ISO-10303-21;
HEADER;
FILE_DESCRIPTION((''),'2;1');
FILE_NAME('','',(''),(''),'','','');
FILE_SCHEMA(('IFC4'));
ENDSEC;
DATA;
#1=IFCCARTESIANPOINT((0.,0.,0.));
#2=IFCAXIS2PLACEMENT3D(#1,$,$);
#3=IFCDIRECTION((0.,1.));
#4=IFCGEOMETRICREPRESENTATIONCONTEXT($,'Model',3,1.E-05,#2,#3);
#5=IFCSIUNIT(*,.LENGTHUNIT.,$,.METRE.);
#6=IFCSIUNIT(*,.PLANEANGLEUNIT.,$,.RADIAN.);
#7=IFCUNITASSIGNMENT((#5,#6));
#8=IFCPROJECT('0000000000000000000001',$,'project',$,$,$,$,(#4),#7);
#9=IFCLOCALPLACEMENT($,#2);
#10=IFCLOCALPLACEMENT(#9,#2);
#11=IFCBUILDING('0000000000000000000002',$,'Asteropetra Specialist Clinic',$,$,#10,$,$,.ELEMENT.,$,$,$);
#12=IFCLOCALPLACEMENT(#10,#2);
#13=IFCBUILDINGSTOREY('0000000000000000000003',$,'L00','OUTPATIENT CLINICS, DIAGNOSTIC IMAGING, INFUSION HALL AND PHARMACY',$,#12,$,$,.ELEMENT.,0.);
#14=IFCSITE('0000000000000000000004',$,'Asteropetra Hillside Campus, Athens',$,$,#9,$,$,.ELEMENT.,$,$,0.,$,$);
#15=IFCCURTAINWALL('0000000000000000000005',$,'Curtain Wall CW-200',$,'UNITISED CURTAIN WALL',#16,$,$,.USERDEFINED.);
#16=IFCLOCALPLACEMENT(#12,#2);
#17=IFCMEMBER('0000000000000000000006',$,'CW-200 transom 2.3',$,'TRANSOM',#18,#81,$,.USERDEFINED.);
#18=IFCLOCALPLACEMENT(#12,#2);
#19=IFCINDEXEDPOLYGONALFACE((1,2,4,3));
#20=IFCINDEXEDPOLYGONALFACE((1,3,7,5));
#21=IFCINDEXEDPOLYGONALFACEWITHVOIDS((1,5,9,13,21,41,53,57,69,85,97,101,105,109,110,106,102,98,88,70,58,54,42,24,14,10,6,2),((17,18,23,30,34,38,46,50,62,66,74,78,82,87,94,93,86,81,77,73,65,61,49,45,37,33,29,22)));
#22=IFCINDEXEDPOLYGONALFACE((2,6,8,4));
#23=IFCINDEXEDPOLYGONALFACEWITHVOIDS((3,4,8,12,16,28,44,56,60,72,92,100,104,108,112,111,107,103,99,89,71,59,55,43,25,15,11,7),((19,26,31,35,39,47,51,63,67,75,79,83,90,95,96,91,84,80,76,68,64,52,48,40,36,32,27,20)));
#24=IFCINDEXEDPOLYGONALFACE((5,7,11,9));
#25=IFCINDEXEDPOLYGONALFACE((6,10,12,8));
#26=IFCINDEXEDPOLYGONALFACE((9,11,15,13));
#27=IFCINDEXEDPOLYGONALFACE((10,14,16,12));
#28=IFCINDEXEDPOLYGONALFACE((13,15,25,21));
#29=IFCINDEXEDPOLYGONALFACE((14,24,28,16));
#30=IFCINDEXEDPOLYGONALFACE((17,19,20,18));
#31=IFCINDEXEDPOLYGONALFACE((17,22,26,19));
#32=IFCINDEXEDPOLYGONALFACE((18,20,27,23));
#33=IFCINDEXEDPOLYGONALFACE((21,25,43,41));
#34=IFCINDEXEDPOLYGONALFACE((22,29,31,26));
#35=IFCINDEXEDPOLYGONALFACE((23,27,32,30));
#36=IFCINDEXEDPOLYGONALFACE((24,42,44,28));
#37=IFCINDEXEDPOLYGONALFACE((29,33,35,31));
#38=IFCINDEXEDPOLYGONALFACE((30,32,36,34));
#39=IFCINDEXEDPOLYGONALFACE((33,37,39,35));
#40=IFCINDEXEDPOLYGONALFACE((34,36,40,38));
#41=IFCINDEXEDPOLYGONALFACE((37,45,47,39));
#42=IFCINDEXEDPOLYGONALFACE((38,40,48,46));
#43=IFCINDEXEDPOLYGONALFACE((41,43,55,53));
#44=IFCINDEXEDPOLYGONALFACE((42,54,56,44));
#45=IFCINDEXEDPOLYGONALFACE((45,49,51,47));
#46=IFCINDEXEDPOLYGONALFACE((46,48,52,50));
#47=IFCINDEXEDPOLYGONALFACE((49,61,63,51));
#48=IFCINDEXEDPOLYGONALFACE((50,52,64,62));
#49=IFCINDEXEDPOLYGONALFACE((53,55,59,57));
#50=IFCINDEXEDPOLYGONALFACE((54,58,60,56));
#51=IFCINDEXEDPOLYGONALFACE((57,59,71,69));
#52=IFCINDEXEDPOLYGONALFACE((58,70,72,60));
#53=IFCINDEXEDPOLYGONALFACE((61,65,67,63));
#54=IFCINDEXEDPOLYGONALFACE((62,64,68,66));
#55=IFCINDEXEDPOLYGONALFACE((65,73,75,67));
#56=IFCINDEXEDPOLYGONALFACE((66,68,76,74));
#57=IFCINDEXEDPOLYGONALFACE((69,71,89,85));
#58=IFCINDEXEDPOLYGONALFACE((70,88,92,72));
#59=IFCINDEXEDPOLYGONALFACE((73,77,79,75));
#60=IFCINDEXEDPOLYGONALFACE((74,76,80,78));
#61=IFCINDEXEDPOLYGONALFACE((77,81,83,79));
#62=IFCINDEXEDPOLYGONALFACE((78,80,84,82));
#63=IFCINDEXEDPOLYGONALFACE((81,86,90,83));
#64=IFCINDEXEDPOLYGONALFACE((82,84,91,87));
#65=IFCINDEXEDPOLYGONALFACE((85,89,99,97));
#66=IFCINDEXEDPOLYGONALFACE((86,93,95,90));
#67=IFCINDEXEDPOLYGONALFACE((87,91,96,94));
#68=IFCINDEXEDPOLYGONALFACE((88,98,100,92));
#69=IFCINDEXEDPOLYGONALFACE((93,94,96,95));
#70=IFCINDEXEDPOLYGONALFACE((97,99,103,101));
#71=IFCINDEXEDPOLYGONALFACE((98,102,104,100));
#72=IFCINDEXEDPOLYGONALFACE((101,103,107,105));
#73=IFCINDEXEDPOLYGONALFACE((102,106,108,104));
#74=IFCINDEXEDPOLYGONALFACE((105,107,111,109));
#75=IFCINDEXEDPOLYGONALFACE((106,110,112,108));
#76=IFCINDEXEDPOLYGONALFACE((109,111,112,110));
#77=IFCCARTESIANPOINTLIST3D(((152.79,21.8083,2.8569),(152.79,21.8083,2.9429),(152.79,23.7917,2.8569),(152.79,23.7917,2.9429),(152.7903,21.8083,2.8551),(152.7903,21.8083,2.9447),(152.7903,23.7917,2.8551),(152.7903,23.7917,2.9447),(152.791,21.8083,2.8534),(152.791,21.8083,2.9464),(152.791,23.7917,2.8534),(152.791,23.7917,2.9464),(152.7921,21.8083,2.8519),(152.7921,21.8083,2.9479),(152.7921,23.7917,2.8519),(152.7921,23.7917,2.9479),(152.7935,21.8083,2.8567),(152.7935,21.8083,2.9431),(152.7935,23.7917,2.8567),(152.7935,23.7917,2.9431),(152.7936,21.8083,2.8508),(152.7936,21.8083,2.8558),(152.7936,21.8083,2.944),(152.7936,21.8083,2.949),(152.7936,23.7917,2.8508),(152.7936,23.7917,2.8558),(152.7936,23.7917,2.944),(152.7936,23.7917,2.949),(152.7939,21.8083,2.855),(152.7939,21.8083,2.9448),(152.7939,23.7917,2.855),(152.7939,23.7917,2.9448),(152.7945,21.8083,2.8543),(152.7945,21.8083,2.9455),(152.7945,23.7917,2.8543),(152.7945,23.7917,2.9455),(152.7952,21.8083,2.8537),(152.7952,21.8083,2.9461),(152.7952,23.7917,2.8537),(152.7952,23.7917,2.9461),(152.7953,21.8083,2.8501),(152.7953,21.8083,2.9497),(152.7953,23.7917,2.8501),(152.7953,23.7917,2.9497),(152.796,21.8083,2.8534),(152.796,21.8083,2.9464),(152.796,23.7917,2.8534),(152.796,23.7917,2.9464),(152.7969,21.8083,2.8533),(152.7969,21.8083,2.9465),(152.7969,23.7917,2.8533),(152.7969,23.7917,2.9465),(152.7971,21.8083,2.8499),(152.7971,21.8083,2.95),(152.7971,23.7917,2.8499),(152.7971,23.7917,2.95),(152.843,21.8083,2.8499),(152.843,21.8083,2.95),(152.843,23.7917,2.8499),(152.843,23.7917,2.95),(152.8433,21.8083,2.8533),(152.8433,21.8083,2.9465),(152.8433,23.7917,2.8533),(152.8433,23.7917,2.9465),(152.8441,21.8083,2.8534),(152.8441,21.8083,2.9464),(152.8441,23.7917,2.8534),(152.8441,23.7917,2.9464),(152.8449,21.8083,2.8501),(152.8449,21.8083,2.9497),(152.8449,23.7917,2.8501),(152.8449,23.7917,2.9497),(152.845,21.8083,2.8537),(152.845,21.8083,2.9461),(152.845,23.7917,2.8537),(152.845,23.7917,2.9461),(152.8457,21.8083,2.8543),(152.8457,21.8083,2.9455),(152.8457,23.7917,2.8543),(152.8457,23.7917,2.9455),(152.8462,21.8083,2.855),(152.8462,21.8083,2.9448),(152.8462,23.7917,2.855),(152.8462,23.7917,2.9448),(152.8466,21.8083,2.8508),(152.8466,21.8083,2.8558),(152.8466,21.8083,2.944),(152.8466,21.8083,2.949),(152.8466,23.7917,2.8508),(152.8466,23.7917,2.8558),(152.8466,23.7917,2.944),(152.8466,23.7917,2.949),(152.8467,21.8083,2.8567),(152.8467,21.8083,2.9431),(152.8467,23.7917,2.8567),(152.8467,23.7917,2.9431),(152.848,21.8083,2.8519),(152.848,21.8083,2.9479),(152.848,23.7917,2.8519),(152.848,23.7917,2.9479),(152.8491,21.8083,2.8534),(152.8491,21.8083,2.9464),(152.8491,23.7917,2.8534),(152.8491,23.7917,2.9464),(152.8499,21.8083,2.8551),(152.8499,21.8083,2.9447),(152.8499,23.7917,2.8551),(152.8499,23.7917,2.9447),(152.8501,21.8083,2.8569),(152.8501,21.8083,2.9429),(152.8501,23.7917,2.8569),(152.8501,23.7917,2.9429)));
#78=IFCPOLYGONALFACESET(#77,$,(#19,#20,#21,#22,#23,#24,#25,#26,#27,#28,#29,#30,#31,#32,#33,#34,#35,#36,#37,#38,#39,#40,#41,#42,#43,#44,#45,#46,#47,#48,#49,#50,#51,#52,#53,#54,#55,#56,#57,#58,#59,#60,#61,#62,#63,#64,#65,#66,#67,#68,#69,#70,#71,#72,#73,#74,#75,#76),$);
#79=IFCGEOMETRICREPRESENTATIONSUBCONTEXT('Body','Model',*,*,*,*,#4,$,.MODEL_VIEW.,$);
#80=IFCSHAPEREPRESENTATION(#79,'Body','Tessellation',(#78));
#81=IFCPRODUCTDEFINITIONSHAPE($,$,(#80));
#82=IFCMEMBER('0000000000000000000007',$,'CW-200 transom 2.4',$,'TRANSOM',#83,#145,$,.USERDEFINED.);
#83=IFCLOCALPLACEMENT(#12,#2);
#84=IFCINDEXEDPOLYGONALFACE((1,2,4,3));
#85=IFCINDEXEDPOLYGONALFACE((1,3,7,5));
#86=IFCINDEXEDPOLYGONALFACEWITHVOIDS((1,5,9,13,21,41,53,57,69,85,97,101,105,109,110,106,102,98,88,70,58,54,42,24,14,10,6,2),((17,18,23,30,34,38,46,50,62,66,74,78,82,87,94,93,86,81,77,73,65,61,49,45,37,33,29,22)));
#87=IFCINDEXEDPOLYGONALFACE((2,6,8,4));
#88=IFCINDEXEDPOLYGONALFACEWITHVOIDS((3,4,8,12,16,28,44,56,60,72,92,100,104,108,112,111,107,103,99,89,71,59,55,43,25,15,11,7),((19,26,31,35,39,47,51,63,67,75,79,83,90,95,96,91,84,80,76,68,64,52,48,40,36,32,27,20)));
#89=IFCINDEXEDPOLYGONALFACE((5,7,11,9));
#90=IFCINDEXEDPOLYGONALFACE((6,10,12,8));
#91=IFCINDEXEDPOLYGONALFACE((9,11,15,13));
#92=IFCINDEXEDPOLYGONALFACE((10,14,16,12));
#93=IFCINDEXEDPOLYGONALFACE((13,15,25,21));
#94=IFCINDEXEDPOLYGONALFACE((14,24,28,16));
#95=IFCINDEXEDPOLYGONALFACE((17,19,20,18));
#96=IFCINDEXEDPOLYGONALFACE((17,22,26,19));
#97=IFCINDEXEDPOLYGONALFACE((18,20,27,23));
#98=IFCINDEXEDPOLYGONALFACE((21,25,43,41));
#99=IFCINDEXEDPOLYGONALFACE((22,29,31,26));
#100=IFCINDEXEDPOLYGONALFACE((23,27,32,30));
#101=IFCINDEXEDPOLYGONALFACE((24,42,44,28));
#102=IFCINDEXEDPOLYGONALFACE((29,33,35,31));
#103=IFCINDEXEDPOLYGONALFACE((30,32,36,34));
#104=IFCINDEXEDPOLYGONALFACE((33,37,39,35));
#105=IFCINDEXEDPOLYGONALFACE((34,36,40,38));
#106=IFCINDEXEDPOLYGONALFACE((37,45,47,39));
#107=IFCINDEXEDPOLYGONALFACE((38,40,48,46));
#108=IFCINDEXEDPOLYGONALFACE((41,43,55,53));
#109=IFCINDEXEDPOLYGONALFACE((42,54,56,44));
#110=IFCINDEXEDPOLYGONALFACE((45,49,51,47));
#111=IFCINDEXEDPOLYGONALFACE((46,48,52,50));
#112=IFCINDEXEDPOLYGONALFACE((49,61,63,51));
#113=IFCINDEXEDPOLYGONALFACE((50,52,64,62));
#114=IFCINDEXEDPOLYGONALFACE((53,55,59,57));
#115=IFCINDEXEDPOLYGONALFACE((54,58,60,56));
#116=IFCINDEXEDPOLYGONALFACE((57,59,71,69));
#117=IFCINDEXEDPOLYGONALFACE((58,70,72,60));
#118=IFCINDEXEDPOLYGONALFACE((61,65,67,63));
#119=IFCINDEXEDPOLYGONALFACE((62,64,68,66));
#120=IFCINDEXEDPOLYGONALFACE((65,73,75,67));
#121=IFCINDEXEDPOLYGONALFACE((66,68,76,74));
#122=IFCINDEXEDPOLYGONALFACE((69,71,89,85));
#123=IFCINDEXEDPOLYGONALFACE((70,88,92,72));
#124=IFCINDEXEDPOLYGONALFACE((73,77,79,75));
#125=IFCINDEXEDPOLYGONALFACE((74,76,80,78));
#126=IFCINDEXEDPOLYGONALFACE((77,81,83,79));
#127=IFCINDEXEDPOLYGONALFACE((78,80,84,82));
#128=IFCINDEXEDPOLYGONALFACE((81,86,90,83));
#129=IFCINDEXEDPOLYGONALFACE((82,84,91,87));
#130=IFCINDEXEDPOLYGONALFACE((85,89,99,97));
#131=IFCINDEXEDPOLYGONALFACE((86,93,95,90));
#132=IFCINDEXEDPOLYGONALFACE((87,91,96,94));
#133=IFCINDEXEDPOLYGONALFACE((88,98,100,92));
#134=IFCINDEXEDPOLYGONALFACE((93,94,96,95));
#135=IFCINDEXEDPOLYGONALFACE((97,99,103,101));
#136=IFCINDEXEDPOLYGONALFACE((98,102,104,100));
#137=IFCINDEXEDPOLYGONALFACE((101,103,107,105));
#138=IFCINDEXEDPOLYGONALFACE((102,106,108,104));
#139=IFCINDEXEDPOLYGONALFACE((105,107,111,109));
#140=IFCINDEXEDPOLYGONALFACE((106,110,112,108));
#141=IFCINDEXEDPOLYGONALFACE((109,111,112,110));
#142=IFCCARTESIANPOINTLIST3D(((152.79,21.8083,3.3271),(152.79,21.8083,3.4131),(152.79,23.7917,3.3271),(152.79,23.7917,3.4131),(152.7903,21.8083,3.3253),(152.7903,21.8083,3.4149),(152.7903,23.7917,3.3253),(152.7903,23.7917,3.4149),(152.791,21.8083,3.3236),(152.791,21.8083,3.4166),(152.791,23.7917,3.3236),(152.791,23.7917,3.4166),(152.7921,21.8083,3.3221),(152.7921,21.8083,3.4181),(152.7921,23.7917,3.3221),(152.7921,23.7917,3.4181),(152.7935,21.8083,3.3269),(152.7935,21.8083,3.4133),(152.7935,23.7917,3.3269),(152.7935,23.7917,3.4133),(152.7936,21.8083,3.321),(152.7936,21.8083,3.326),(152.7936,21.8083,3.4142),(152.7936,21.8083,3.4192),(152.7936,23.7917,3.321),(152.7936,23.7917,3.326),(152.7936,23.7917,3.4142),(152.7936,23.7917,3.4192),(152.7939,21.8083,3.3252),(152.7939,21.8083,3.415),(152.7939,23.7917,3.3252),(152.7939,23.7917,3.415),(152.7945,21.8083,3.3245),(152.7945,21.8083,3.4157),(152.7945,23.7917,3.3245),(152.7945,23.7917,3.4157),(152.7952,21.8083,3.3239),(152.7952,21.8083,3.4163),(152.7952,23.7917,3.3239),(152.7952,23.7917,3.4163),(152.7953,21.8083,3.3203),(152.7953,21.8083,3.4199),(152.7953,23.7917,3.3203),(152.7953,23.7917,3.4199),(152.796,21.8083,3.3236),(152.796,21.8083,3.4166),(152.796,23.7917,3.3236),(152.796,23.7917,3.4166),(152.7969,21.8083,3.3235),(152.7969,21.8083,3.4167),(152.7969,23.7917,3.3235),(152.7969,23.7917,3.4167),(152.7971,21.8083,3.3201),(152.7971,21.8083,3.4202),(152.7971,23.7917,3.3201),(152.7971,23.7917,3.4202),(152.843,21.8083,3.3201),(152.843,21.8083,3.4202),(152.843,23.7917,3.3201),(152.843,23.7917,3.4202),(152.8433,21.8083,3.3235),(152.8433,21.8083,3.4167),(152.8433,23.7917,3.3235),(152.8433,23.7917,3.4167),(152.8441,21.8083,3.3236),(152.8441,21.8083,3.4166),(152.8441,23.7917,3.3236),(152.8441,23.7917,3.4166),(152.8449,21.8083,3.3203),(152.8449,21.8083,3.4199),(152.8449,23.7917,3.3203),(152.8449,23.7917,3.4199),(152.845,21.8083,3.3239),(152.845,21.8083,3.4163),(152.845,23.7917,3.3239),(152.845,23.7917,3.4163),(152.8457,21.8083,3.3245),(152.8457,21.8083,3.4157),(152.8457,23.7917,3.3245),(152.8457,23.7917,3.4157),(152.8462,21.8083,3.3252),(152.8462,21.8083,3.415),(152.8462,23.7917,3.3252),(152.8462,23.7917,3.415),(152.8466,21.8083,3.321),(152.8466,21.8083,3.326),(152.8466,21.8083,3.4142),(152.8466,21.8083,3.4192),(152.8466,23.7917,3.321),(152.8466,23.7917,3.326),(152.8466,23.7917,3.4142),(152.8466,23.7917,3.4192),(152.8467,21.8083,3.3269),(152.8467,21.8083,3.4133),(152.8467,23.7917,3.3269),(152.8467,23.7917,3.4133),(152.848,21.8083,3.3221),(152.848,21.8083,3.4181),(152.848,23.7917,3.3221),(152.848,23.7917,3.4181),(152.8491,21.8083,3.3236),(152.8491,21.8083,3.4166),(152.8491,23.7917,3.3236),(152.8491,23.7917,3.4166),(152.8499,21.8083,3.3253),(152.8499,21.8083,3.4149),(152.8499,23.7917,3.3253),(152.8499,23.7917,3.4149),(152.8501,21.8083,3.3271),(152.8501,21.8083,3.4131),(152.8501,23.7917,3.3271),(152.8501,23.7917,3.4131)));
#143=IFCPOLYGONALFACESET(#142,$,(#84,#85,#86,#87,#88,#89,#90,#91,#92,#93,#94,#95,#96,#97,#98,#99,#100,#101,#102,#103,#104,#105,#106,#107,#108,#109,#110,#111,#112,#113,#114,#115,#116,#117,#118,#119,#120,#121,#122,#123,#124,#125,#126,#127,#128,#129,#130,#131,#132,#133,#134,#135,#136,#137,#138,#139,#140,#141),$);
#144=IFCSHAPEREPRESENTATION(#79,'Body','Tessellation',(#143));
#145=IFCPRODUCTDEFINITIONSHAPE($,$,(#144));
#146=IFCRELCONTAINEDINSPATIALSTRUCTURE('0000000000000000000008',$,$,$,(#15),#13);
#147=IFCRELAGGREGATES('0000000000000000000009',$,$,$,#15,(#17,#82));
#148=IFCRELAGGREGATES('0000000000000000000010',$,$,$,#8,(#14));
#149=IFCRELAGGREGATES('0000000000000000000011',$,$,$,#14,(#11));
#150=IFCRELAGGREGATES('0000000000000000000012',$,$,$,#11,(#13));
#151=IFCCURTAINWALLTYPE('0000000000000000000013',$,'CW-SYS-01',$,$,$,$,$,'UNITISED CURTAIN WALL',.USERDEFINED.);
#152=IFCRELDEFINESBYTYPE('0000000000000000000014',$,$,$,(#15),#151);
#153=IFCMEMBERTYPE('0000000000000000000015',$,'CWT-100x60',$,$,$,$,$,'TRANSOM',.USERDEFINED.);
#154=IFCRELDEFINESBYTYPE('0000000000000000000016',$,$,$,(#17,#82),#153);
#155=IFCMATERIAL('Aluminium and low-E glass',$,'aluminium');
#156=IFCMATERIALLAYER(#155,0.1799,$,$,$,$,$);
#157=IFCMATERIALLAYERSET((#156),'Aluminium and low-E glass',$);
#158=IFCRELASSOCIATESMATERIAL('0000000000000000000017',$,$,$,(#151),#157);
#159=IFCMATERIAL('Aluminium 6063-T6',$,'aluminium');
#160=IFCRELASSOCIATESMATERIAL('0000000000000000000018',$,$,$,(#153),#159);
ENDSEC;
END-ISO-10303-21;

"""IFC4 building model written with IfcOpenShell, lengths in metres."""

from ifc_helpers import new_model, si_unit, direction, frame, origin, origin_2d, place, context, subcontext, project, spatial, hollow_rectangle, extrude, material, layer, layer_set, material_profile, profile_set, type_object, element, aggregate, save


model = new_model("IFC4")

# Units and contexts
model_context = context("Model", 3, precision=1e-05, world=origin(), true_north=direction((0.0, 1.0)))
body_context = subcontext(model_context, "Body", "Model", "MODEL_VIEW")
ifc_project = project(units=[si_unit("LENGTHUNIT", "METRE"), si_unit("PLANEANGLEUNIT", "RADIAN")], contexts=[model_context])

# Site, building, storey
site_placement = place(None, origin())
site = spatial("IfcSite", under=ifc_project, at=site_placement, Name="Asteropetra Hillside Campus, Athens", CompositionType="ELEMENT", RefElevation=0.0)
building_placement = place(site_placement, origin())
building = spatial("IfcBuilding", under=site, at=building_placement, Name="Asteropetra Specialist Clinic", CompositionType="ELEMENT")
storey_placement = place(building_placement, origin())
storey = spatial("IfcBuildingStorey", under=building, at=storey_placement, Name="L00", Description="OUTPATIENT CLINICS, DIAGNOSTIC IMAGING, INFUSION HALL AND PHARMACY", CompositionType="ELEMENT", Elevation=0.0)

# Curtain wall, members
ifc_material_1 = material(Name="Aluminium and low-E glass", Category="aluminium")
ifc_layer_1 = layer(ifc_material_1, 0.1799)
ifc_layer_set_1 = layer_set([ifc_layer_1], Name="Aluminium and low-E glass")
curtain_wall_type = type_object("IfcCurtainWallType", Name="CW-SYS-01", ElementType="UNITISED CURTAIN WALL", PredefinedType="USERDEFINED", material=ifc_layer_set_1)
curtain_wall_placement = place(storey_placement, origin())
curtain_wall = element("IfcCurtainWall", 1, at=curtain_wall_placement, inside=storey, type_object=curtain_wall_type, Name="Curtain Wall CW-200", ObjectType="UNITISED CURTAIN WALL", PredefinedType="USERDEFINED")
ifc_material_2 = material(Name="Aluminium 6063-T6", Category="aluminium")
ifc_material_profile_1 = material_profile(ifc_material_2, hollow_rectangle(XDim=0.0601, YDim=0.1001, WallThickness=0.0034, InnerFilletRadius=0.0034, OuterFilletRadius=0.0071, at=origin_2d()), Name="TRN 100x60x3.5")
ifc_profile_set_1 = profile_set([ifc_material_profile_1], Name="Aluminium 6063-T6")
member_type_1 = type_object("IfcMemberType", Name="CWT-100x60", ElementType="TRANSOM", PredefinedType="USERDEFINED", material=ifc_profile_set_1)
member_1_placement = place(storey_placement, frame((152.8201, 21.8083, 2.8999), z_axis=(0.0, 1.0, 0.0), x_axis=(-1.0, 0.0, 0.0)))
member_1 = element("IfcMember", 2, at=member_1_placement, type_object=member_type_1, Name="CW-200 transom 2.3", ObjectType="TRANSOM", PredefinedType="USERDEFINED", context=body_context, shape_type="SweptSolid", body=[
    extrude(hollow_rectangle(XDim=0.0601, YDim=0.1001, WallThickness=0.0034, InnerFilletRadius=0.0034, OuterFilletRadius=0.0071, at=origin_2d()), origin(), (0.0, 0.0, 1.0), 1.9834),
])
member_2_placement = place(storey_placement, frame((152.8201, 21.8083, 3.3701), z_axis=(0.0, 1.0, 0.0), x_axis=(-1.0, 0.0, 0.0)))
member_2 = element("IfcMember", 3, at=member_2_placement, type_object=member_type_1, Name="CW-200 transom 2.4", ObjectType="TRANSOM", PredefinedType="USERDEFINED", context=body_context, shape_type="SweptSolid", body=[
    extrude(hollow_rectangle(XDim=0.0601, YDim=0.1001, WallThickness=0.0034, InnerFilletRadius=0.0034, OuterFilletRadius=0.0071, at=origin_2d()), origin(), (0.0, 0.0, 1.0), 1.9834),
])
aggregate(curtain_wall, [member_1, member_2])

save(model, "model.ifc")
